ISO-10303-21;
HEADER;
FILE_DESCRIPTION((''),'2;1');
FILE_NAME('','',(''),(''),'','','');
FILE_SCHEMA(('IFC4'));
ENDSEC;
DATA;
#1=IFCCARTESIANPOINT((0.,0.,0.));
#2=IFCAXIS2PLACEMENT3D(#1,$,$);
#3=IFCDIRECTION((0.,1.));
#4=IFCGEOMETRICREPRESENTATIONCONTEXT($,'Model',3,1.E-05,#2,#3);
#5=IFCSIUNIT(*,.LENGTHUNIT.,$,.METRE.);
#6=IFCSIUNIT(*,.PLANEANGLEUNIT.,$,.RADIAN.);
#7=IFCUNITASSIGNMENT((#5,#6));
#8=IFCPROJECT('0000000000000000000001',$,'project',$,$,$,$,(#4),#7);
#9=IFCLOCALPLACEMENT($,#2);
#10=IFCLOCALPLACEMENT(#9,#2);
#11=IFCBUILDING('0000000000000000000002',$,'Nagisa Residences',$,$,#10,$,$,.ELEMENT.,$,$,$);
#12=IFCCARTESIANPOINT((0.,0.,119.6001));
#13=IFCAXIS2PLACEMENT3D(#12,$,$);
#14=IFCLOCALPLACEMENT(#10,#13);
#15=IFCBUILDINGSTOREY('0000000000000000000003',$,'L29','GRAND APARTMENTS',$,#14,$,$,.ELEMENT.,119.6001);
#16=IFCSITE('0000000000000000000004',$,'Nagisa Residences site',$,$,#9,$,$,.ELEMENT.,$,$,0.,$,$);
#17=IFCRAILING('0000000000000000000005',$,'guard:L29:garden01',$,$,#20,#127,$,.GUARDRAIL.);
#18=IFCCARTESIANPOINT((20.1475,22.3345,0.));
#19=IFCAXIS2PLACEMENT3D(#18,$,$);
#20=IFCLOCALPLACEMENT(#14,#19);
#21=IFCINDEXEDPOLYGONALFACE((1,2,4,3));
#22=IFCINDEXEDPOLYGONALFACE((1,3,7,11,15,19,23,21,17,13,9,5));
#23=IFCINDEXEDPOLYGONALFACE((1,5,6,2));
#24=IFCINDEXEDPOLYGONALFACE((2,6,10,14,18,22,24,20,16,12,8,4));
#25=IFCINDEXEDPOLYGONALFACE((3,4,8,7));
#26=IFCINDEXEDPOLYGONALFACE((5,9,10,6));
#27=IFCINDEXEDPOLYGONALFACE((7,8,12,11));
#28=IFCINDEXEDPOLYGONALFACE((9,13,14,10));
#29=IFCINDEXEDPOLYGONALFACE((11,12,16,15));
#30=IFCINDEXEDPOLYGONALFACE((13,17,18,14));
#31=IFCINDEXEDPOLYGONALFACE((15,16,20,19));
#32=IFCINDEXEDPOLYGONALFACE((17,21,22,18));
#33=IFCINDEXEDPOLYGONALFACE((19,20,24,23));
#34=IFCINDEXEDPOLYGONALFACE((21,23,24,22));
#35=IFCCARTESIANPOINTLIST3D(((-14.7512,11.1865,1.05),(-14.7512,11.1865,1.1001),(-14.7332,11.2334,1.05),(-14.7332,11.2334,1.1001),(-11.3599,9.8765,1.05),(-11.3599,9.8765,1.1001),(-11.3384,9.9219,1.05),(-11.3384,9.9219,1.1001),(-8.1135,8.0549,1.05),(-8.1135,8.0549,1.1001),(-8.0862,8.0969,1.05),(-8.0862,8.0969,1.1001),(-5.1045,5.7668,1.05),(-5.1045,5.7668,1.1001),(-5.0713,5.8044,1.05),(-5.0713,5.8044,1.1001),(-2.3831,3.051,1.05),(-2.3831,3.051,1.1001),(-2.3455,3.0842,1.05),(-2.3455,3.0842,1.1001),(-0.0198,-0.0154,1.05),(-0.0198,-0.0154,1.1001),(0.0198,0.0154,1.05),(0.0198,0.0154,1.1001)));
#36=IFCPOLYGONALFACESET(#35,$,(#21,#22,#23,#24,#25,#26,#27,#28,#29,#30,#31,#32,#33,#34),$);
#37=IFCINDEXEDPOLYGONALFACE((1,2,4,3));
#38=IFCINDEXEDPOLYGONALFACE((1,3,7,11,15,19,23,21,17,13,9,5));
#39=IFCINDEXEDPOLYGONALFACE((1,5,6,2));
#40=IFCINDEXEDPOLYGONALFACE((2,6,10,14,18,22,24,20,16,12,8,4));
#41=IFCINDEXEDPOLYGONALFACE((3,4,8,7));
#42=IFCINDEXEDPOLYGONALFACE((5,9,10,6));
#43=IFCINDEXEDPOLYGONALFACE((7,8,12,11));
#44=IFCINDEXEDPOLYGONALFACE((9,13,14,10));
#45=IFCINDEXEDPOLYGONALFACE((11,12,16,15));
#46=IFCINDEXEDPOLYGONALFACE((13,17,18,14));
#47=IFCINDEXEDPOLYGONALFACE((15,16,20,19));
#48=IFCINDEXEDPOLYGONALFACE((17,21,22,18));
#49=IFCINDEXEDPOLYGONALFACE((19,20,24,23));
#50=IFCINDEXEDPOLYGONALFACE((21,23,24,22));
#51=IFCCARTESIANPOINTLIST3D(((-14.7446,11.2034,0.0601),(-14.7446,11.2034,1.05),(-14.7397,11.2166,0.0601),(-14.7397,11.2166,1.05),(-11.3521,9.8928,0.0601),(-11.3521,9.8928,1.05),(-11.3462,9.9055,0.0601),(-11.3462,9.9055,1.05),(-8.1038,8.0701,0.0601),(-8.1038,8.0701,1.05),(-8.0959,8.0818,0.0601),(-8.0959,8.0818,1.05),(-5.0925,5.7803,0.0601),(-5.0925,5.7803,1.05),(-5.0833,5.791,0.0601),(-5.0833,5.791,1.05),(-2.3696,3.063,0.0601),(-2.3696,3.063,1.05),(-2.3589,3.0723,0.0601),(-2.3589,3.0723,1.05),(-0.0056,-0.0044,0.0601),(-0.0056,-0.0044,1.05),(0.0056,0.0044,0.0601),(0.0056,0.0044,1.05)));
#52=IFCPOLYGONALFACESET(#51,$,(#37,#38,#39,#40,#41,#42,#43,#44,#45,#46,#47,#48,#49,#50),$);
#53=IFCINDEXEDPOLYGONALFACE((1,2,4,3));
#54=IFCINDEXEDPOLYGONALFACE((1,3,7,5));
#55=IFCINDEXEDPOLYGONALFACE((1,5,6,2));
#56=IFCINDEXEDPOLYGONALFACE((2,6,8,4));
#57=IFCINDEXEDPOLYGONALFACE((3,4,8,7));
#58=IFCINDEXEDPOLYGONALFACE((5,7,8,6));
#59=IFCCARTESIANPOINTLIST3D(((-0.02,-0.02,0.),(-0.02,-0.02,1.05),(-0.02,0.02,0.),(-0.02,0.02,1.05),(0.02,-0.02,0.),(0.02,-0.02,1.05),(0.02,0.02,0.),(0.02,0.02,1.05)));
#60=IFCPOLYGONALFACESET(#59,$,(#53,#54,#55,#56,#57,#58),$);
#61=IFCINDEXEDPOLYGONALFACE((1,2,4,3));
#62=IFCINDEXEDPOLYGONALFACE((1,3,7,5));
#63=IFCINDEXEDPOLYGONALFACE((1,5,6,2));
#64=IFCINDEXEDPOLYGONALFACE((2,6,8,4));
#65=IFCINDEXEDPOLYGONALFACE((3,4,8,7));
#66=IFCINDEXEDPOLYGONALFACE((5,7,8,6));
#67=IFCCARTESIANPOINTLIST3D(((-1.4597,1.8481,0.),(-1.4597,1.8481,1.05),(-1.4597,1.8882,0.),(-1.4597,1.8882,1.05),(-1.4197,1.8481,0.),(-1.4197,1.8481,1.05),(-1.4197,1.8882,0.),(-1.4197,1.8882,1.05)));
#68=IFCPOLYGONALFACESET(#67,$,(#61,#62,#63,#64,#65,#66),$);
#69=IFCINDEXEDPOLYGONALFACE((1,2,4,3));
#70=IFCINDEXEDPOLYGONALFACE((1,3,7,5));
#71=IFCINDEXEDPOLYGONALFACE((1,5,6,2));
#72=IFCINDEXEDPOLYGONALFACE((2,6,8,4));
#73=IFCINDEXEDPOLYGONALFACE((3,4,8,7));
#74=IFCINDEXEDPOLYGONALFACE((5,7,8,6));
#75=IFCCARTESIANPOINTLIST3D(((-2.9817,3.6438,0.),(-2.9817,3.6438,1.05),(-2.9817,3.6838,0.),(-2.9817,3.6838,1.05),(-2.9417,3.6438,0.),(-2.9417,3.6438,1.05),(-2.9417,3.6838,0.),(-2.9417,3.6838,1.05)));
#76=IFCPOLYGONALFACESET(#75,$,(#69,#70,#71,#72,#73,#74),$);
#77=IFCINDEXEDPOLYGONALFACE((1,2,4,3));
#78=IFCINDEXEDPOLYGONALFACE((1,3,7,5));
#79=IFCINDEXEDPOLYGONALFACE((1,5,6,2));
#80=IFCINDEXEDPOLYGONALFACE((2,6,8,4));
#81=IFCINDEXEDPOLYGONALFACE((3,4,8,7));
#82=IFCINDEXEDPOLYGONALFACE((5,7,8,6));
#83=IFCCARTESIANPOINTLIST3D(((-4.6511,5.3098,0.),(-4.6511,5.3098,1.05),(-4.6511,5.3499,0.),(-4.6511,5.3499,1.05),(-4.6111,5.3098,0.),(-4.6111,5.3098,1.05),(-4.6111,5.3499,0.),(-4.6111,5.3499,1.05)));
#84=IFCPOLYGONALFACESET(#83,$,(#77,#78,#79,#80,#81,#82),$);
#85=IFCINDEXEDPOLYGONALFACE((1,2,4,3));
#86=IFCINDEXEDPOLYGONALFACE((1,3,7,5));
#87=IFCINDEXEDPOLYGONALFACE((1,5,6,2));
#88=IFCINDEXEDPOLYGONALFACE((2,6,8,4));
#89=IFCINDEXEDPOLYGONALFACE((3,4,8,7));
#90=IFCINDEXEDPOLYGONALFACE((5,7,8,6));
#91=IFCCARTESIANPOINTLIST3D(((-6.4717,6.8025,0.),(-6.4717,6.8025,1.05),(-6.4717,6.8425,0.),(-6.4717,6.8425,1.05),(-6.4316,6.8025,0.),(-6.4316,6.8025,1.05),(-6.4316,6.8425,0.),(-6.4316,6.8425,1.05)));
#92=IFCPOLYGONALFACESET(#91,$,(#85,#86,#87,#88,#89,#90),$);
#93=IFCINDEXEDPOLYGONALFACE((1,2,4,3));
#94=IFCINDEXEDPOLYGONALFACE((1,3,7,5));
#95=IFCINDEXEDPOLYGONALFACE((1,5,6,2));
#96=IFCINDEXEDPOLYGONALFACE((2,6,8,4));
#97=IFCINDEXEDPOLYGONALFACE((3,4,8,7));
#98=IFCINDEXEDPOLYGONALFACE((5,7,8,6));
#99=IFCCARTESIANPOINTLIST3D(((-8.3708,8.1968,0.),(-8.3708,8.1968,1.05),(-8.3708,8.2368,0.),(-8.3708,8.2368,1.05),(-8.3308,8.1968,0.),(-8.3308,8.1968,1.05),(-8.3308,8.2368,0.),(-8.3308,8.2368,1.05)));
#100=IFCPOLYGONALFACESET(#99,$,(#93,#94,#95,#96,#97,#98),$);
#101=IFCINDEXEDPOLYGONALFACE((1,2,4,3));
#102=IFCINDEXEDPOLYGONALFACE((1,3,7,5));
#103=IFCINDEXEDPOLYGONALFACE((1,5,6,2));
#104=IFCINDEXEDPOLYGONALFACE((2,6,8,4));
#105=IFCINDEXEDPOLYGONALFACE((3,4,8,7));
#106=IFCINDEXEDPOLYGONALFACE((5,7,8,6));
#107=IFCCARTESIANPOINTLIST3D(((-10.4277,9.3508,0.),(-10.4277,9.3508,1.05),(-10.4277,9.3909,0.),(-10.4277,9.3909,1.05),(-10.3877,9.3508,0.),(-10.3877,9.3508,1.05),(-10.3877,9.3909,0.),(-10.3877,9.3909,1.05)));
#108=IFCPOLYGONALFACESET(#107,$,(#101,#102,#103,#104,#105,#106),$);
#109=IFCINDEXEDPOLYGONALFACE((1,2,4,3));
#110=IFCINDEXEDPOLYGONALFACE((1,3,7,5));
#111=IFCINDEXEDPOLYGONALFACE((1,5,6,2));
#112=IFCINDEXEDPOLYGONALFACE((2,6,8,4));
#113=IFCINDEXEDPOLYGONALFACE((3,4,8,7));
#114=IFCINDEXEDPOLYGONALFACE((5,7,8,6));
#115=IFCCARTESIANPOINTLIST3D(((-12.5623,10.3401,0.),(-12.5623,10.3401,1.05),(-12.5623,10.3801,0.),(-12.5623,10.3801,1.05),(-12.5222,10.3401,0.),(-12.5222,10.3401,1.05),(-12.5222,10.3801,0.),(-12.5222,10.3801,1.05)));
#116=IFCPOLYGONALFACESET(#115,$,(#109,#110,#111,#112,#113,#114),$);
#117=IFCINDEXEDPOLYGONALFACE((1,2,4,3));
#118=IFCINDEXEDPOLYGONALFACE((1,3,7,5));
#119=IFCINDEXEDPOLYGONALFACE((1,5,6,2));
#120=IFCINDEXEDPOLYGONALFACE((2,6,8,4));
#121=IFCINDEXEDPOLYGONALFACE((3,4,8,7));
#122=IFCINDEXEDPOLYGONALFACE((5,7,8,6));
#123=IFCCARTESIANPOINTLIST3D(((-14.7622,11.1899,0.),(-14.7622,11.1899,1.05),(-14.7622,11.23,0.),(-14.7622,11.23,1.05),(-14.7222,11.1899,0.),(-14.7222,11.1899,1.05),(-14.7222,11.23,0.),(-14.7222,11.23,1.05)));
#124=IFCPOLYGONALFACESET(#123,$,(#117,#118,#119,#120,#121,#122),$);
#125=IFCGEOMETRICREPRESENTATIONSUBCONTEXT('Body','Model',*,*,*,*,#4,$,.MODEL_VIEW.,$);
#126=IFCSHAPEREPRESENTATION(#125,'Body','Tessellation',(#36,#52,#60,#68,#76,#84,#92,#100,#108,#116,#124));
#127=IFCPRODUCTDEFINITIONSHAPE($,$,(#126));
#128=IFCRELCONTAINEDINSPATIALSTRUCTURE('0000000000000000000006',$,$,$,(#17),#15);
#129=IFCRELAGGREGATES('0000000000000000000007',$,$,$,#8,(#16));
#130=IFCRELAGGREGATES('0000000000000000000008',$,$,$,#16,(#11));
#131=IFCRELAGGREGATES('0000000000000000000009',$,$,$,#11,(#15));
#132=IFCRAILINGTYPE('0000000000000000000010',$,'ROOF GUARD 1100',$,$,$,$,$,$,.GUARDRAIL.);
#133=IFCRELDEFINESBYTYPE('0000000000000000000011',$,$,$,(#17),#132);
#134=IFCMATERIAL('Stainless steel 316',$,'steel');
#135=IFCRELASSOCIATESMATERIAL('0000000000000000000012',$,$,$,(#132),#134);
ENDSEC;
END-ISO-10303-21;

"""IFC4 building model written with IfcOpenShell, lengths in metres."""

from ifc_helpers import new_model, si_unit, direction, frame, origin, origin_2d, place, context, subcontext, project, spatial, polyline, rectangle, outline, extrude, material, type_object, element, save


model = new_model("IFC4")

# Units and contexts
model_context = context("Model", 3, precision=1e-05, world=origin(), true_north=direction((0.0, 1.0)))
body_context = subcontext(model_context, "Body", "Model", "MODEL_VIEW")
ifc_project = project(units=[si_unit("LENGTHUNIT", "METRE"), si_unit("PLANEANGLEUNIT", "RADIAN")], contexts=[model_context])

# Site, building, storey
site_placement = place(None, origin())
site = spatial("IfcSite", under=ifc_project, at=site_placement, Name="Nagisa Residences site", CompositionType="ELEMENT", RefElevation=0.0)
building_placement = place(site_placement, origin())
building = spatial("IfcBuilding", under=site, at=building_placement, Name="Nagisa Residences", CompositionType="ELEMENT")
storey_placement = place(building_placement, frame((0.0, 0.0, 119.6001)))
storey = spatial("IfcBuildingStorey", under=building, at=storey_placement, Name="L29", Description="GRAND APARTMENTS", CompositionType="ELEMENT", Elevation=119.6001)

# Railing
ifc_material_1 = material(Name="Stainless steel 316", Category="steel")
railing_type = type_object("IfcRailingType", Name="ROOF GUARD 1100", PredefinedType="GUARDRAIL", material=ifc_material_1)
railing_1_placement = place(storey_placement, frame((20.1475, 22.3345, 0.0)))
element("IfcRailing", 1, at=railing_1_placement, inside=storey, type_object=railing_type, Name="guard:L29:garden01", PredefinedType="GUARDRAIL", context=body_context, shape_type="SweptSolid", body=[
    extrude(outline(polyline([(-2.3831, 3.051), (-0.0198, -0.0154), (0.0198, 0.0154), (-2.3455, 3.0842), (-5.0713, 5.8044), (-8.0862, 8.0969), (-11.3384, 9.9219), (-14.7332, 11.2334), (-14.7512, 11.1865), (-11.3599, 9.8765), (-8.1135, 8.0549), (-5.1045, 5.7668), (-2.3831, 3.051)])), frame((0.0, 0.0, 1.05)), (0.0, 0.0, 1.0), 0.05),
    extrude(outline(polyline([(-2.3696, 3.063), (-0.0056, -0.0044), (0.0056, 0.0044), (-2.3589, 3.0723), (-5.0833, 5.791), (-8.0959, 8.0818), (-11.3462, 9.9055), (-14.7397, 11.2166), (-14.7446, 11.2034), (-11.3521, 9.8928), (-8.1038, 8.0701), (-5.0925, 5.7803), (-2.3696, 3.063)])), frame((0.0, 0.0, 0.0601)), (0.0, 0.0, 1.0), 0.99),
    extrude(rectangle(XDim=0.04, YDim=0.04, at=origin_2d()), origin(), (0.0, 0.0, 1.0), 1.05),
    extrude(rectangle(XDim=0.04, YDim=0.04, at=origin_2d()), frame((-1.4397, 1.8682, 0.0)), (0.0, 0.0, 1.0), 1.05),
    extrude(rectangle(XDim=0.04, YDim=0.04, at=origin_2d()), frame((-2.9617, 3.6638, 0.0)), (0.0, 0.0, 1.0), 1.05),
    extrude(rectangle(XDim=0.04, YDim=0.04, at=origin_2d()), frame((-4.6311, 5.3298, 0.0)), (0.0, 0.0, 1.0), 1.05),
    extrude(rectangle(XDim=0.04, YDim=0.04, at=origin_2d()), frame((-6.4517, 6.8225, 0.0)), (0.0, 0.0, 1.0), 1.05),
    extrude(rectangle(XDim=0.04, YDim=0.04, at=origin_2d()), frame((-8.3508, 8.2168, 0.0)), (0.0, 0.0, 1.0), 1.05),
    extrude(rectangle(XDim=0.04, YDim=0.04, at=origin_2d()), frame((-10.4077, 9.3708, 0.0)), (0.0, 0.0, 1.0), 1.05),
    extrude(rectangle(XDim=0.04, YDim=0.04, at=origin_2d()), frame((-12.5422, 10.3601, 0.0)), (0.0, 0.0, 1.0), 1.05),
    extrude(rectangle(XDim=0.04, YDim=0.04, at=origin_2d()), frame((-14.7422, 11.21, 0.0)), (0.0, 0.0, 1.0), 1.05),
])

save(model, "model.ifc")
